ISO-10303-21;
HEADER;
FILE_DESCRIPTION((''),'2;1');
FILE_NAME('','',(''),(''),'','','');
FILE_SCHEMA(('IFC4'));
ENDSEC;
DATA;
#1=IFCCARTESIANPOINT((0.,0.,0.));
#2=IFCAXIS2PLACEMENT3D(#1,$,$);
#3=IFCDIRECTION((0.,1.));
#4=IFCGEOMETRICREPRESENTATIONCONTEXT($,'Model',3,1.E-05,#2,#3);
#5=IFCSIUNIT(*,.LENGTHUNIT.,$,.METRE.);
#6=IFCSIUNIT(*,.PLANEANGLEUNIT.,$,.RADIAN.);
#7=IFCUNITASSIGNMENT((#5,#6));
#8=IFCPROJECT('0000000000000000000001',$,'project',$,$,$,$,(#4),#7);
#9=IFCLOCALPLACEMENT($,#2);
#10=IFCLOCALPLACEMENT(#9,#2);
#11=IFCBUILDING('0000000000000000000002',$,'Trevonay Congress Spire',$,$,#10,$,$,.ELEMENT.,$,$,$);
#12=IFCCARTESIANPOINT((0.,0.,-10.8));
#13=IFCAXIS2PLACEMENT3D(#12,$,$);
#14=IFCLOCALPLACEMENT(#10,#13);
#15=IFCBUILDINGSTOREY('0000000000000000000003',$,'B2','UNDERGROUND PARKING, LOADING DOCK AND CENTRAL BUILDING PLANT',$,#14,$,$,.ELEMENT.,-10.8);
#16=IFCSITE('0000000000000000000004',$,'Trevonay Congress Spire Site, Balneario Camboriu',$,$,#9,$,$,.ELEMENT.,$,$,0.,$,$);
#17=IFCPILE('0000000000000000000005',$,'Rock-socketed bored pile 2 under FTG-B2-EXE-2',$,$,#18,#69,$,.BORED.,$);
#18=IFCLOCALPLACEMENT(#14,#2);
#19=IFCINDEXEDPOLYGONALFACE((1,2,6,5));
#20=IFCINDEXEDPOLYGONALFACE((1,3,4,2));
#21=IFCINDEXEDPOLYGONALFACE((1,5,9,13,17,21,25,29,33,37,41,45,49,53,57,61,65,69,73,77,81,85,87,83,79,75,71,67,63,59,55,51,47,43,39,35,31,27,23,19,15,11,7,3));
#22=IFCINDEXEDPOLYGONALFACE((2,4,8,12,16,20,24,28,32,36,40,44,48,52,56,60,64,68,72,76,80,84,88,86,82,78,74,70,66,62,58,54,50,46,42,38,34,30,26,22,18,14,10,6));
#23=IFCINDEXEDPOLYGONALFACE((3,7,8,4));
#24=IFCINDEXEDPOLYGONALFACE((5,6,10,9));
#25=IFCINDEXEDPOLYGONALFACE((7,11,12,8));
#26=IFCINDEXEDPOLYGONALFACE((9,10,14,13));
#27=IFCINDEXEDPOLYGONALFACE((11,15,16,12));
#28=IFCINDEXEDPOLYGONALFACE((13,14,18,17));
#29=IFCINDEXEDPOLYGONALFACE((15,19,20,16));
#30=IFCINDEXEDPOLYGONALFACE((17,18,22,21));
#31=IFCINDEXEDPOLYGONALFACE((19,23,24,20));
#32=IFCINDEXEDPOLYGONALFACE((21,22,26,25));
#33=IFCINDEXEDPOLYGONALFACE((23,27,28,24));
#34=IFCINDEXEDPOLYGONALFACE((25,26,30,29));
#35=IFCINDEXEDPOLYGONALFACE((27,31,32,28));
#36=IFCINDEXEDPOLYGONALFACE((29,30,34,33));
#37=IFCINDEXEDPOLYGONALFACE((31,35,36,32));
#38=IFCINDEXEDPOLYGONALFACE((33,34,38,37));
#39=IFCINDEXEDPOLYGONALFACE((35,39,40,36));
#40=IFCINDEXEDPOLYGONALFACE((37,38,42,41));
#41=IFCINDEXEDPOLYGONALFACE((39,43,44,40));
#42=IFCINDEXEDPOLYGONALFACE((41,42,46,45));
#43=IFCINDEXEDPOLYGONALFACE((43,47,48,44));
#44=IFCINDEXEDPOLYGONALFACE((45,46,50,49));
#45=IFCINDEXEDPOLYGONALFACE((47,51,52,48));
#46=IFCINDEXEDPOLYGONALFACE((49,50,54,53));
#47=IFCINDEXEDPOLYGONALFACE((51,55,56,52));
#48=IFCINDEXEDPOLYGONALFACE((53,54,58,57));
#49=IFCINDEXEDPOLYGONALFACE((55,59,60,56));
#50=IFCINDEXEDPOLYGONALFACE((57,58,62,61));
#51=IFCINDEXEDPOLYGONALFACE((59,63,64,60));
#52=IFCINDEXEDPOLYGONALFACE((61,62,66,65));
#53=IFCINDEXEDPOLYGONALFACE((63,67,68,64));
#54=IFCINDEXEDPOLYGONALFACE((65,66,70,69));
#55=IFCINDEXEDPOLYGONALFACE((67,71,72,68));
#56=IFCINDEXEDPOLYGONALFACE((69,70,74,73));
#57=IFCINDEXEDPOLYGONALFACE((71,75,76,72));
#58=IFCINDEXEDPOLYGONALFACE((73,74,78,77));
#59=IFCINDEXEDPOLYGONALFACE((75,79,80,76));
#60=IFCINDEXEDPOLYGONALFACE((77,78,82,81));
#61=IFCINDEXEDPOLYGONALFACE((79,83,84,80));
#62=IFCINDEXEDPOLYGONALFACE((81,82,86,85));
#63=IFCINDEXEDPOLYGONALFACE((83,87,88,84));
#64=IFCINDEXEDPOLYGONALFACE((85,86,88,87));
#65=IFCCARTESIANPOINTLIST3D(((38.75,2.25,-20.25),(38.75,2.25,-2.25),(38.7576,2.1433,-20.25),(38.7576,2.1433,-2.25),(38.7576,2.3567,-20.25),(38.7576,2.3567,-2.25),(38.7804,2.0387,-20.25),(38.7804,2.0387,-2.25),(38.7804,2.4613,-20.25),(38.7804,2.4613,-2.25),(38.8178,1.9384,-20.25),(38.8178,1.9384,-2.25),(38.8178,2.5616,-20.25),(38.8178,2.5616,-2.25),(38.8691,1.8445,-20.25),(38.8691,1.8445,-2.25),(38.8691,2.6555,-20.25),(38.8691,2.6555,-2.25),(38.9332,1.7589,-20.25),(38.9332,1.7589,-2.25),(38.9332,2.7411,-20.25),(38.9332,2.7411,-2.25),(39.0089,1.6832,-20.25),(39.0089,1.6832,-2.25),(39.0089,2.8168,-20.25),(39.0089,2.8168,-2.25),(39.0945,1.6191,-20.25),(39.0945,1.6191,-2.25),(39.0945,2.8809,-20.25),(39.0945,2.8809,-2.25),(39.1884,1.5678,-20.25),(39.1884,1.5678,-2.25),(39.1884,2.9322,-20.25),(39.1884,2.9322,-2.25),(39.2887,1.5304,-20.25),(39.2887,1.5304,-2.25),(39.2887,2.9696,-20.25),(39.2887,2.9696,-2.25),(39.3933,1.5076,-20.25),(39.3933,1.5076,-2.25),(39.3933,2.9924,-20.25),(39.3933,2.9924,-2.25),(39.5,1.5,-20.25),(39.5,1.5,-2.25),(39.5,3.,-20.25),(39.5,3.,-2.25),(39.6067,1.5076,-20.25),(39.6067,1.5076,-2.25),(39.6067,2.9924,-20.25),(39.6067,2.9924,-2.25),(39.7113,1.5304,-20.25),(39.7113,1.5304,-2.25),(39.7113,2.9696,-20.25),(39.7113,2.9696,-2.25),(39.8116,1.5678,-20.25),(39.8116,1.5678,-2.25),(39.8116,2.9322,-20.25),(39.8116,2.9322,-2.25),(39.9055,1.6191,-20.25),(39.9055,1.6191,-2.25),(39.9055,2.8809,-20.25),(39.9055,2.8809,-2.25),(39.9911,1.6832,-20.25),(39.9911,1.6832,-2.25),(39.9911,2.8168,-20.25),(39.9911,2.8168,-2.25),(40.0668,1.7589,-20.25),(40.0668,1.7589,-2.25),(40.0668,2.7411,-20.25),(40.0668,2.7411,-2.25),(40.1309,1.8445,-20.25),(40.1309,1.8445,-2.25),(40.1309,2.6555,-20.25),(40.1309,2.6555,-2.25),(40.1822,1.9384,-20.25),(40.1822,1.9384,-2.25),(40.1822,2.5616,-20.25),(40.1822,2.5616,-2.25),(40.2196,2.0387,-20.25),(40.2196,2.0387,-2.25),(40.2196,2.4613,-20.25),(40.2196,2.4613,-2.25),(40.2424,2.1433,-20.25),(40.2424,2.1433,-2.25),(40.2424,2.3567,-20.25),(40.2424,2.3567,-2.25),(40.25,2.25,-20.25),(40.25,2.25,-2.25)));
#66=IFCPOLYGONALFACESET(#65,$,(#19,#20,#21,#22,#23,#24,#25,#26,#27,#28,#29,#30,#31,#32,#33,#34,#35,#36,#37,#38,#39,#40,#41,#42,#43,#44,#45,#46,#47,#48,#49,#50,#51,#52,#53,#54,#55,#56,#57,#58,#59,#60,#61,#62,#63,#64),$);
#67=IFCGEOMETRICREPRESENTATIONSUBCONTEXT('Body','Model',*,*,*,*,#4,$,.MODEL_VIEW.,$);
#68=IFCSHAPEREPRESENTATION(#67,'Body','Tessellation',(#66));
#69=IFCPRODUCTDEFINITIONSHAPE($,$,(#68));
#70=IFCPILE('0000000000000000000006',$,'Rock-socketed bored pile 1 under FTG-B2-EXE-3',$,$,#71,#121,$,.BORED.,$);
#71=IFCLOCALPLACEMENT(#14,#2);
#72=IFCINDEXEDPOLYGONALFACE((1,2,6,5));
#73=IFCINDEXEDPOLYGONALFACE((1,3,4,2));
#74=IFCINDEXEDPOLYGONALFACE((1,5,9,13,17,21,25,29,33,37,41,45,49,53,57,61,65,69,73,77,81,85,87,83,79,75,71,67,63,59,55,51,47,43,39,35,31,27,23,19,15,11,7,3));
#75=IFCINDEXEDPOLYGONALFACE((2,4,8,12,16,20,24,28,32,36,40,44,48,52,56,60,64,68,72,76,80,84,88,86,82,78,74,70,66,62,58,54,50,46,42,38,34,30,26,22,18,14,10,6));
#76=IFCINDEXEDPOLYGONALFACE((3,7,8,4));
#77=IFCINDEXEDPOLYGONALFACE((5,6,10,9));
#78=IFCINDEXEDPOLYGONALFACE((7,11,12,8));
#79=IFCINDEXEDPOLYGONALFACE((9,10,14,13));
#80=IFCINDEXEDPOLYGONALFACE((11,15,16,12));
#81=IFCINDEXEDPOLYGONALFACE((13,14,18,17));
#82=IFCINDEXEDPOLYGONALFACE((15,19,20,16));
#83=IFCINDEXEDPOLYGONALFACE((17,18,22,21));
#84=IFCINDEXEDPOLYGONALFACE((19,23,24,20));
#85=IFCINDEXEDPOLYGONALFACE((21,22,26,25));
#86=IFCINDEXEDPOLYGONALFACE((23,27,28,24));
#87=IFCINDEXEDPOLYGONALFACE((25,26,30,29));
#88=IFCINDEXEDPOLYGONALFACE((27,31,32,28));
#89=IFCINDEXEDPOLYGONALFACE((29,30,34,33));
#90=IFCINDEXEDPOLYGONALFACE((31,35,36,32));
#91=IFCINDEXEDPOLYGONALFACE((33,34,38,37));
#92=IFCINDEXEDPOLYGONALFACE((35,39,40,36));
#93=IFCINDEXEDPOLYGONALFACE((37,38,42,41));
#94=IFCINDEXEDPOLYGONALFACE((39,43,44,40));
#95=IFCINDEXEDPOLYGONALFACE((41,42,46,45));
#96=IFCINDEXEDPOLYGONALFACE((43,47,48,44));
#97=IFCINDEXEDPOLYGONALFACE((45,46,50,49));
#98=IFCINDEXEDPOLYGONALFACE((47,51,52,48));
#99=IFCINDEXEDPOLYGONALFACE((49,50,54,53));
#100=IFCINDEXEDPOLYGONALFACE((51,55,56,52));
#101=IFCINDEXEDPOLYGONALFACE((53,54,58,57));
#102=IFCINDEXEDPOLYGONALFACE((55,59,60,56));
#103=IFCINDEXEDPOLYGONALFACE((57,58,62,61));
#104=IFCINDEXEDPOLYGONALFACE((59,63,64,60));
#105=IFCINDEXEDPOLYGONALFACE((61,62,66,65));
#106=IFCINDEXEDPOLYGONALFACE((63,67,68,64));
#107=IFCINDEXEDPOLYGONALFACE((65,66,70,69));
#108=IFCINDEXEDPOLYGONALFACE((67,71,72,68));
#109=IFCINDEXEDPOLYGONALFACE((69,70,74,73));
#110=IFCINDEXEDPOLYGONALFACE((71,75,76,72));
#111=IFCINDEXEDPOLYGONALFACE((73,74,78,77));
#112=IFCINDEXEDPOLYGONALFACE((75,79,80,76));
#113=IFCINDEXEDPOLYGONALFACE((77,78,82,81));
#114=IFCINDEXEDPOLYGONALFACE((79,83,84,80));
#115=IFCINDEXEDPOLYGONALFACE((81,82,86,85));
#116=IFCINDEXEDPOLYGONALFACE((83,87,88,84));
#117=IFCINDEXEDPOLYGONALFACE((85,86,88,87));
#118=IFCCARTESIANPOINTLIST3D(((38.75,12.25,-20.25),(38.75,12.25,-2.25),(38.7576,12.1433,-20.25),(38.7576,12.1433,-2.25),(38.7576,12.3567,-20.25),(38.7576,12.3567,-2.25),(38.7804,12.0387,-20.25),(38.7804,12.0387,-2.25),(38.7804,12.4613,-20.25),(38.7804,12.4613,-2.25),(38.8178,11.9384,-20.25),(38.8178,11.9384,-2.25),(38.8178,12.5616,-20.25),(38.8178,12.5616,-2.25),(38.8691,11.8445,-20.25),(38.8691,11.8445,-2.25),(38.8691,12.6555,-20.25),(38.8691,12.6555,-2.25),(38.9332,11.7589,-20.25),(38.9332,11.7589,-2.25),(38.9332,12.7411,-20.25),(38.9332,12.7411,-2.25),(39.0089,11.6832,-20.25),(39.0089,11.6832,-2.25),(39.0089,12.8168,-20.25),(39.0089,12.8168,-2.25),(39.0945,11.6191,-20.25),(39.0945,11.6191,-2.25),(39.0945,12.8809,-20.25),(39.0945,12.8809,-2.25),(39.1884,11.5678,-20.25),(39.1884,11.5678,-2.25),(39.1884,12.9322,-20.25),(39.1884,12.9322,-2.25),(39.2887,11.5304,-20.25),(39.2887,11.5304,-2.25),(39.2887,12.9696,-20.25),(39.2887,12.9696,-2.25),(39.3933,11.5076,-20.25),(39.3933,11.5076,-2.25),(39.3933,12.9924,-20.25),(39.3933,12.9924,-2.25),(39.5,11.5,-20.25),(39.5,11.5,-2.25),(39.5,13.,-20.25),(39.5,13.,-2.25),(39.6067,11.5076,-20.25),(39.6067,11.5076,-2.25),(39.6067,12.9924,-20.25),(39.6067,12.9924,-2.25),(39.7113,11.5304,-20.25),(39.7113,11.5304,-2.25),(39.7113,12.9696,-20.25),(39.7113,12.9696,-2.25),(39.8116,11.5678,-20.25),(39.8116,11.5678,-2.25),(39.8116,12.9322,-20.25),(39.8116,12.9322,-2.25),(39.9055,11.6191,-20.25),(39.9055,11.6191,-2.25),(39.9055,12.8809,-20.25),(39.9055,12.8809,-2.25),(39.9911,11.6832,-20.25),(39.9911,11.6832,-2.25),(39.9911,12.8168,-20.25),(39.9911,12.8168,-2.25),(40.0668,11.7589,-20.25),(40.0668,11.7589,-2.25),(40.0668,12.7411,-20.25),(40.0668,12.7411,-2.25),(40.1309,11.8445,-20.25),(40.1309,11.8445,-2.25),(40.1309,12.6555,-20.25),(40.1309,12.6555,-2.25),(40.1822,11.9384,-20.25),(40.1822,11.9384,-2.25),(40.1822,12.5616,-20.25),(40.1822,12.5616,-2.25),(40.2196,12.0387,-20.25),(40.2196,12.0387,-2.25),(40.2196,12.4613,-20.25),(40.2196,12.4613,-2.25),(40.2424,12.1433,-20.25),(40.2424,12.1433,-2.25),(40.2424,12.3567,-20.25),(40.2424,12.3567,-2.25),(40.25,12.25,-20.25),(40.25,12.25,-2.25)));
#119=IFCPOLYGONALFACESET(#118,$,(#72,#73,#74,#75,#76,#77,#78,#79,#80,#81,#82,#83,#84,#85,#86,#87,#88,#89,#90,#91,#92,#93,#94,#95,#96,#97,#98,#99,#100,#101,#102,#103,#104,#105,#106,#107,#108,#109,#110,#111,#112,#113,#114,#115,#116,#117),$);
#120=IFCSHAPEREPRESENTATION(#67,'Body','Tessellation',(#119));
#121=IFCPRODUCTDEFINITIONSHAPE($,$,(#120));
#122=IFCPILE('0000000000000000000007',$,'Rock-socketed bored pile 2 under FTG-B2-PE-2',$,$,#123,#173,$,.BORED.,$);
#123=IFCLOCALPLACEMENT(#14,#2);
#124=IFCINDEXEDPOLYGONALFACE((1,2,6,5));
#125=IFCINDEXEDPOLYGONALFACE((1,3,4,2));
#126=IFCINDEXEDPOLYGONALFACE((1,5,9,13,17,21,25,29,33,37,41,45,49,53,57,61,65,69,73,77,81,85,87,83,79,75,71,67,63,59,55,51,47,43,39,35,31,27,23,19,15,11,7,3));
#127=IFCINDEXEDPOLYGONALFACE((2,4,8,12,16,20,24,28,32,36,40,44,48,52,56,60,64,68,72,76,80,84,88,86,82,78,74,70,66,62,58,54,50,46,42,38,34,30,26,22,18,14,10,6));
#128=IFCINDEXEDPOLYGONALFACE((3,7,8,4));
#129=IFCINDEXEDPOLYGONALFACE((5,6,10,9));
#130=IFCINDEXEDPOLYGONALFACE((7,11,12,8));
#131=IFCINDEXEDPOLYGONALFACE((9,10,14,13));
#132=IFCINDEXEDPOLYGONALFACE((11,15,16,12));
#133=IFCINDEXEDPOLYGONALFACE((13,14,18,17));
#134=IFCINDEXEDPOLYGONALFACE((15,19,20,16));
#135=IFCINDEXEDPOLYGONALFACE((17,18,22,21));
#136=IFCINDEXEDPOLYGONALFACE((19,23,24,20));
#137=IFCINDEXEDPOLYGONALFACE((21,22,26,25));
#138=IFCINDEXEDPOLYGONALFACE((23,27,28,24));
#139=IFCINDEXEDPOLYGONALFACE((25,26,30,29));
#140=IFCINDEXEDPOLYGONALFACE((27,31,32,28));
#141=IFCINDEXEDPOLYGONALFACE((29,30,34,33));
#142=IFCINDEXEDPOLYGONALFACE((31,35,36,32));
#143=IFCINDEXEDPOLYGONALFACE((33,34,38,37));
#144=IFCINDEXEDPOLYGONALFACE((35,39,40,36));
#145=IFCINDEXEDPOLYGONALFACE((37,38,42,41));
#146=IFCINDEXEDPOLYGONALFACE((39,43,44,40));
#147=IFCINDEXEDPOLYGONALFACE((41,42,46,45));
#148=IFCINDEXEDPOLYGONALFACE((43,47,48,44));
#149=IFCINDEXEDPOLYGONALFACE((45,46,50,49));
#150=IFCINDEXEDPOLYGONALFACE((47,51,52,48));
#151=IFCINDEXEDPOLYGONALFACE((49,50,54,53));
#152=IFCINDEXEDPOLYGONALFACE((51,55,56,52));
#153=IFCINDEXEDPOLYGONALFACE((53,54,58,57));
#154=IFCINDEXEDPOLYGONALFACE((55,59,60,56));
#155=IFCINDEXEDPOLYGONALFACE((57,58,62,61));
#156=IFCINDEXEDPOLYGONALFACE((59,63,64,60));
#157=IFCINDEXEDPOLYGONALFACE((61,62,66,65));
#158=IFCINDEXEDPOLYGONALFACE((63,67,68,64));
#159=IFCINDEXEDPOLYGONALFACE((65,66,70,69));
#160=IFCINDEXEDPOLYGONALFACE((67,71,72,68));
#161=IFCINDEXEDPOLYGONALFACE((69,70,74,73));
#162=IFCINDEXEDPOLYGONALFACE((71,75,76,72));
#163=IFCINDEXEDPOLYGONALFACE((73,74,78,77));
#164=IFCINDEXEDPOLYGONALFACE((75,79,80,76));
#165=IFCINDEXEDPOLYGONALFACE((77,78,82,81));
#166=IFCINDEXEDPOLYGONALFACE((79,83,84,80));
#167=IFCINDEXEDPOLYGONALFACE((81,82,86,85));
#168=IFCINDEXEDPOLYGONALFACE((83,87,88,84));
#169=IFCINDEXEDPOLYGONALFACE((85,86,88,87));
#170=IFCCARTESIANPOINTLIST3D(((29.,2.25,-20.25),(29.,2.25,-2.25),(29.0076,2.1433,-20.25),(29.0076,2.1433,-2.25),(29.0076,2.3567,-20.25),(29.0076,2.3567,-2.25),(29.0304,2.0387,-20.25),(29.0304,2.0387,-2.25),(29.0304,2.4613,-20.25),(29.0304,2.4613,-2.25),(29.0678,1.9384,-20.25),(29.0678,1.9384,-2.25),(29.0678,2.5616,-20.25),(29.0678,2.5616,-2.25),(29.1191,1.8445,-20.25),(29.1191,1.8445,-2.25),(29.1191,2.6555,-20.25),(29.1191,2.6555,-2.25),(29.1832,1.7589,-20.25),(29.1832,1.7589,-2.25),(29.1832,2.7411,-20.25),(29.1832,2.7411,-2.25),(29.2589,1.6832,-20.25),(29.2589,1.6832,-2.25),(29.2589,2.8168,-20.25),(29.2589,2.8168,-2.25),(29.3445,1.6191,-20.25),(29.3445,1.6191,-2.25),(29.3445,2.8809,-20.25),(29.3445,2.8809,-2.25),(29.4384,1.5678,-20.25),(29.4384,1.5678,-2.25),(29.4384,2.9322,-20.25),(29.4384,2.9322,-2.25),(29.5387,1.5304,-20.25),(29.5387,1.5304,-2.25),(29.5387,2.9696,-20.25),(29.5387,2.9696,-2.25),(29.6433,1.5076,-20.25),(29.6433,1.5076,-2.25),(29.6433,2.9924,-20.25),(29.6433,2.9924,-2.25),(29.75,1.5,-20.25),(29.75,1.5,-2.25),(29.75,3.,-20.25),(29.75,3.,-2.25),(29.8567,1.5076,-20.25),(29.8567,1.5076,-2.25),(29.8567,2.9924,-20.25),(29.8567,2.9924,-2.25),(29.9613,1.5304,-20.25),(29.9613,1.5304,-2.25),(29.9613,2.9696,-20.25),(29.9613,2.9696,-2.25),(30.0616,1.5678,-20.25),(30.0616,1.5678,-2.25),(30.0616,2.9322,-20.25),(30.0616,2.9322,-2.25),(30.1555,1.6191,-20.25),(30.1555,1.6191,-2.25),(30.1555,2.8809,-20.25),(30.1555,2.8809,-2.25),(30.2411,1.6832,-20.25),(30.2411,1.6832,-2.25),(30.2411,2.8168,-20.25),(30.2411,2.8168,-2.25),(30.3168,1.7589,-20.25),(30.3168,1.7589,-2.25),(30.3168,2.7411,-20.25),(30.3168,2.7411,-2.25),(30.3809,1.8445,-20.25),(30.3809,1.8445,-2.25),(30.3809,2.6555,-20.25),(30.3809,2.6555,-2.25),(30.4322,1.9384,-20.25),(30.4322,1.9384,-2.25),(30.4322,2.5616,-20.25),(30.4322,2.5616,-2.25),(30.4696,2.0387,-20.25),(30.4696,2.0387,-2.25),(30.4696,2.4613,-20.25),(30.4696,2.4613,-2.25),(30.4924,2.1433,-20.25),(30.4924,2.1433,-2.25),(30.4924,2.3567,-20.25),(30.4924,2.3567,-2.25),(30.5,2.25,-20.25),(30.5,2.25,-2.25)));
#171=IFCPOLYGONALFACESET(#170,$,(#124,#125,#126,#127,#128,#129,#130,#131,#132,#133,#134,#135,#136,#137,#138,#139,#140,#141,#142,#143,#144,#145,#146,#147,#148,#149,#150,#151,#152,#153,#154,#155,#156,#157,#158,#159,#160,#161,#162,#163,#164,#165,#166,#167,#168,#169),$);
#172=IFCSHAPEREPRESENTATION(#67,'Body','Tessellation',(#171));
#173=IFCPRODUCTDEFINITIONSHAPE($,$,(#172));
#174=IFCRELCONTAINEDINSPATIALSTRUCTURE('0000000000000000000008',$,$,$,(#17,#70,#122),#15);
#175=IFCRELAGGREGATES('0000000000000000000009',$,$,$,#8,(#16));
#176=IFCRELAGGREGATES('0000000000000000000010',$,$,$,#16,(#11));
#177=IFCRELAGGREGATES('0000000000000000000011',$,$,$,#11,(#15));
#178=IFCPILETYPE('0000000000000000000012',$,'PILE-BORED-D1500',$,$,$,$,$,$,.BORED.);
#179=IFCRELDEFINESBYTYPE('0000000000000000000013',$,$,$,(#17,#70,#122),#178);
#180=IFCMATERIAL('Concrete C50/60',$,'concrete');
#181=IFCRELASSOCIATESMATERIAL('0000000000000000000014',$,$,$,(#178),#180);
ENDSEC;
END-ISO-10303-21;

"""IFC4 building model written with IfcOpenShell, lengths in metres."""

from ifc_helpers import new_model, si_unit, direction, frame, origin, origin_2d, place, context, subcontext, project, spatial, circle, extrude, material, material_profile, profile_set, type_object, element, save


model = new_model("IFC4")

# Units and contexts
model_context = context("Model", 3, precision=1e-05, world=origin(), true_north=direction((0.0, 1.0)))
body_context = subcontext(model_context, "Body", "Model", "MODEL_VIEW")
ifc_project = project(units=[si_unit("LENGTHUNIT", "METRE"), si_unit("PLANEANGLEUNIT", "RADIAN")], contexts=[model_context])

# Site, building, storey
site_placement = place(None, origin())
site = spatial("IfcSite", under=ifc_project, at=site_placement, Name="Trevonay Congress Spire Site, Balneario Camboriu", CompositionType="ELEMENT", RefElevation=0.0)
building_placement = place(site_placement, origin())
building = spatial("IfcBuilding", under=site, at=building_placement, Name="Trevonay Congress Spire", CompositionType="ELEMENT")
storey_placement = place(building_placement, frame((0.0, 0.0, -10.8)))
storey = spatial("IfcBuildingStorey", under=building, at=storey_placement, Name="B2", Description="UNDERGROUND PARKING, LOADING DOCK AND CENTRAL BUILDING PLANT", CompositionType="ELEMENT", Elevation=-10.8)

# Shared definitions
ifc_material_1 = material(Name="Concrete C50/60", Category="concrete")

# Piles
ifc_material_profile_1 = material_profile(ifc_material_1, circle(Radius=0.75, at=origin_2d()), Name="PILE D1500")
ifc_profile_set_1 = profile_set([ifc_material_profile_1], Name="Concrete C50/60")
pile_type = type_object("IfcPileType", Name="PILE-BORED-D1500", PredefinedType="BORED", material=ifc_profile_set_1)
for number, where, z_axis, x_axis, name in (
    (1, (39.5, 2.25, -2.25), (0.0, 0.0, -1.0), (1.0, 0.0, 0.0), "Rock-socketed bored pile 2 under FTG-B2-EXE-2"),
    (2, (39.5, 12.25, -2.25), (0.0, 0.0, -1.0), (1.0, 0.0, 0.0), "Rock-socketed bored pile 1 under FTG-B2-EXE-3"),
    (3, (29.75, 2.25, -2.25), (0.0, 0.0, -1.0), (1.0, 0.0, 0.0), "Rock-socketed bored pile 2 under FTG-B2-PE-2"),
):
    element("IfcPile", number, at=place(storey_placement, frame(where, z_axis=z_axis, x_axis=x_axis)), inside=storey, type_object=pile_type, Name=name, PredefinedType="BORED", context=body_context, shape_type="SweptSolid", body=[
        extrude(circle(Radius=0.75, at=origin_2d()), origin(), (0.0, 0.0, 1.0), 18.0),
    ])

save(model, "model.ifc")
